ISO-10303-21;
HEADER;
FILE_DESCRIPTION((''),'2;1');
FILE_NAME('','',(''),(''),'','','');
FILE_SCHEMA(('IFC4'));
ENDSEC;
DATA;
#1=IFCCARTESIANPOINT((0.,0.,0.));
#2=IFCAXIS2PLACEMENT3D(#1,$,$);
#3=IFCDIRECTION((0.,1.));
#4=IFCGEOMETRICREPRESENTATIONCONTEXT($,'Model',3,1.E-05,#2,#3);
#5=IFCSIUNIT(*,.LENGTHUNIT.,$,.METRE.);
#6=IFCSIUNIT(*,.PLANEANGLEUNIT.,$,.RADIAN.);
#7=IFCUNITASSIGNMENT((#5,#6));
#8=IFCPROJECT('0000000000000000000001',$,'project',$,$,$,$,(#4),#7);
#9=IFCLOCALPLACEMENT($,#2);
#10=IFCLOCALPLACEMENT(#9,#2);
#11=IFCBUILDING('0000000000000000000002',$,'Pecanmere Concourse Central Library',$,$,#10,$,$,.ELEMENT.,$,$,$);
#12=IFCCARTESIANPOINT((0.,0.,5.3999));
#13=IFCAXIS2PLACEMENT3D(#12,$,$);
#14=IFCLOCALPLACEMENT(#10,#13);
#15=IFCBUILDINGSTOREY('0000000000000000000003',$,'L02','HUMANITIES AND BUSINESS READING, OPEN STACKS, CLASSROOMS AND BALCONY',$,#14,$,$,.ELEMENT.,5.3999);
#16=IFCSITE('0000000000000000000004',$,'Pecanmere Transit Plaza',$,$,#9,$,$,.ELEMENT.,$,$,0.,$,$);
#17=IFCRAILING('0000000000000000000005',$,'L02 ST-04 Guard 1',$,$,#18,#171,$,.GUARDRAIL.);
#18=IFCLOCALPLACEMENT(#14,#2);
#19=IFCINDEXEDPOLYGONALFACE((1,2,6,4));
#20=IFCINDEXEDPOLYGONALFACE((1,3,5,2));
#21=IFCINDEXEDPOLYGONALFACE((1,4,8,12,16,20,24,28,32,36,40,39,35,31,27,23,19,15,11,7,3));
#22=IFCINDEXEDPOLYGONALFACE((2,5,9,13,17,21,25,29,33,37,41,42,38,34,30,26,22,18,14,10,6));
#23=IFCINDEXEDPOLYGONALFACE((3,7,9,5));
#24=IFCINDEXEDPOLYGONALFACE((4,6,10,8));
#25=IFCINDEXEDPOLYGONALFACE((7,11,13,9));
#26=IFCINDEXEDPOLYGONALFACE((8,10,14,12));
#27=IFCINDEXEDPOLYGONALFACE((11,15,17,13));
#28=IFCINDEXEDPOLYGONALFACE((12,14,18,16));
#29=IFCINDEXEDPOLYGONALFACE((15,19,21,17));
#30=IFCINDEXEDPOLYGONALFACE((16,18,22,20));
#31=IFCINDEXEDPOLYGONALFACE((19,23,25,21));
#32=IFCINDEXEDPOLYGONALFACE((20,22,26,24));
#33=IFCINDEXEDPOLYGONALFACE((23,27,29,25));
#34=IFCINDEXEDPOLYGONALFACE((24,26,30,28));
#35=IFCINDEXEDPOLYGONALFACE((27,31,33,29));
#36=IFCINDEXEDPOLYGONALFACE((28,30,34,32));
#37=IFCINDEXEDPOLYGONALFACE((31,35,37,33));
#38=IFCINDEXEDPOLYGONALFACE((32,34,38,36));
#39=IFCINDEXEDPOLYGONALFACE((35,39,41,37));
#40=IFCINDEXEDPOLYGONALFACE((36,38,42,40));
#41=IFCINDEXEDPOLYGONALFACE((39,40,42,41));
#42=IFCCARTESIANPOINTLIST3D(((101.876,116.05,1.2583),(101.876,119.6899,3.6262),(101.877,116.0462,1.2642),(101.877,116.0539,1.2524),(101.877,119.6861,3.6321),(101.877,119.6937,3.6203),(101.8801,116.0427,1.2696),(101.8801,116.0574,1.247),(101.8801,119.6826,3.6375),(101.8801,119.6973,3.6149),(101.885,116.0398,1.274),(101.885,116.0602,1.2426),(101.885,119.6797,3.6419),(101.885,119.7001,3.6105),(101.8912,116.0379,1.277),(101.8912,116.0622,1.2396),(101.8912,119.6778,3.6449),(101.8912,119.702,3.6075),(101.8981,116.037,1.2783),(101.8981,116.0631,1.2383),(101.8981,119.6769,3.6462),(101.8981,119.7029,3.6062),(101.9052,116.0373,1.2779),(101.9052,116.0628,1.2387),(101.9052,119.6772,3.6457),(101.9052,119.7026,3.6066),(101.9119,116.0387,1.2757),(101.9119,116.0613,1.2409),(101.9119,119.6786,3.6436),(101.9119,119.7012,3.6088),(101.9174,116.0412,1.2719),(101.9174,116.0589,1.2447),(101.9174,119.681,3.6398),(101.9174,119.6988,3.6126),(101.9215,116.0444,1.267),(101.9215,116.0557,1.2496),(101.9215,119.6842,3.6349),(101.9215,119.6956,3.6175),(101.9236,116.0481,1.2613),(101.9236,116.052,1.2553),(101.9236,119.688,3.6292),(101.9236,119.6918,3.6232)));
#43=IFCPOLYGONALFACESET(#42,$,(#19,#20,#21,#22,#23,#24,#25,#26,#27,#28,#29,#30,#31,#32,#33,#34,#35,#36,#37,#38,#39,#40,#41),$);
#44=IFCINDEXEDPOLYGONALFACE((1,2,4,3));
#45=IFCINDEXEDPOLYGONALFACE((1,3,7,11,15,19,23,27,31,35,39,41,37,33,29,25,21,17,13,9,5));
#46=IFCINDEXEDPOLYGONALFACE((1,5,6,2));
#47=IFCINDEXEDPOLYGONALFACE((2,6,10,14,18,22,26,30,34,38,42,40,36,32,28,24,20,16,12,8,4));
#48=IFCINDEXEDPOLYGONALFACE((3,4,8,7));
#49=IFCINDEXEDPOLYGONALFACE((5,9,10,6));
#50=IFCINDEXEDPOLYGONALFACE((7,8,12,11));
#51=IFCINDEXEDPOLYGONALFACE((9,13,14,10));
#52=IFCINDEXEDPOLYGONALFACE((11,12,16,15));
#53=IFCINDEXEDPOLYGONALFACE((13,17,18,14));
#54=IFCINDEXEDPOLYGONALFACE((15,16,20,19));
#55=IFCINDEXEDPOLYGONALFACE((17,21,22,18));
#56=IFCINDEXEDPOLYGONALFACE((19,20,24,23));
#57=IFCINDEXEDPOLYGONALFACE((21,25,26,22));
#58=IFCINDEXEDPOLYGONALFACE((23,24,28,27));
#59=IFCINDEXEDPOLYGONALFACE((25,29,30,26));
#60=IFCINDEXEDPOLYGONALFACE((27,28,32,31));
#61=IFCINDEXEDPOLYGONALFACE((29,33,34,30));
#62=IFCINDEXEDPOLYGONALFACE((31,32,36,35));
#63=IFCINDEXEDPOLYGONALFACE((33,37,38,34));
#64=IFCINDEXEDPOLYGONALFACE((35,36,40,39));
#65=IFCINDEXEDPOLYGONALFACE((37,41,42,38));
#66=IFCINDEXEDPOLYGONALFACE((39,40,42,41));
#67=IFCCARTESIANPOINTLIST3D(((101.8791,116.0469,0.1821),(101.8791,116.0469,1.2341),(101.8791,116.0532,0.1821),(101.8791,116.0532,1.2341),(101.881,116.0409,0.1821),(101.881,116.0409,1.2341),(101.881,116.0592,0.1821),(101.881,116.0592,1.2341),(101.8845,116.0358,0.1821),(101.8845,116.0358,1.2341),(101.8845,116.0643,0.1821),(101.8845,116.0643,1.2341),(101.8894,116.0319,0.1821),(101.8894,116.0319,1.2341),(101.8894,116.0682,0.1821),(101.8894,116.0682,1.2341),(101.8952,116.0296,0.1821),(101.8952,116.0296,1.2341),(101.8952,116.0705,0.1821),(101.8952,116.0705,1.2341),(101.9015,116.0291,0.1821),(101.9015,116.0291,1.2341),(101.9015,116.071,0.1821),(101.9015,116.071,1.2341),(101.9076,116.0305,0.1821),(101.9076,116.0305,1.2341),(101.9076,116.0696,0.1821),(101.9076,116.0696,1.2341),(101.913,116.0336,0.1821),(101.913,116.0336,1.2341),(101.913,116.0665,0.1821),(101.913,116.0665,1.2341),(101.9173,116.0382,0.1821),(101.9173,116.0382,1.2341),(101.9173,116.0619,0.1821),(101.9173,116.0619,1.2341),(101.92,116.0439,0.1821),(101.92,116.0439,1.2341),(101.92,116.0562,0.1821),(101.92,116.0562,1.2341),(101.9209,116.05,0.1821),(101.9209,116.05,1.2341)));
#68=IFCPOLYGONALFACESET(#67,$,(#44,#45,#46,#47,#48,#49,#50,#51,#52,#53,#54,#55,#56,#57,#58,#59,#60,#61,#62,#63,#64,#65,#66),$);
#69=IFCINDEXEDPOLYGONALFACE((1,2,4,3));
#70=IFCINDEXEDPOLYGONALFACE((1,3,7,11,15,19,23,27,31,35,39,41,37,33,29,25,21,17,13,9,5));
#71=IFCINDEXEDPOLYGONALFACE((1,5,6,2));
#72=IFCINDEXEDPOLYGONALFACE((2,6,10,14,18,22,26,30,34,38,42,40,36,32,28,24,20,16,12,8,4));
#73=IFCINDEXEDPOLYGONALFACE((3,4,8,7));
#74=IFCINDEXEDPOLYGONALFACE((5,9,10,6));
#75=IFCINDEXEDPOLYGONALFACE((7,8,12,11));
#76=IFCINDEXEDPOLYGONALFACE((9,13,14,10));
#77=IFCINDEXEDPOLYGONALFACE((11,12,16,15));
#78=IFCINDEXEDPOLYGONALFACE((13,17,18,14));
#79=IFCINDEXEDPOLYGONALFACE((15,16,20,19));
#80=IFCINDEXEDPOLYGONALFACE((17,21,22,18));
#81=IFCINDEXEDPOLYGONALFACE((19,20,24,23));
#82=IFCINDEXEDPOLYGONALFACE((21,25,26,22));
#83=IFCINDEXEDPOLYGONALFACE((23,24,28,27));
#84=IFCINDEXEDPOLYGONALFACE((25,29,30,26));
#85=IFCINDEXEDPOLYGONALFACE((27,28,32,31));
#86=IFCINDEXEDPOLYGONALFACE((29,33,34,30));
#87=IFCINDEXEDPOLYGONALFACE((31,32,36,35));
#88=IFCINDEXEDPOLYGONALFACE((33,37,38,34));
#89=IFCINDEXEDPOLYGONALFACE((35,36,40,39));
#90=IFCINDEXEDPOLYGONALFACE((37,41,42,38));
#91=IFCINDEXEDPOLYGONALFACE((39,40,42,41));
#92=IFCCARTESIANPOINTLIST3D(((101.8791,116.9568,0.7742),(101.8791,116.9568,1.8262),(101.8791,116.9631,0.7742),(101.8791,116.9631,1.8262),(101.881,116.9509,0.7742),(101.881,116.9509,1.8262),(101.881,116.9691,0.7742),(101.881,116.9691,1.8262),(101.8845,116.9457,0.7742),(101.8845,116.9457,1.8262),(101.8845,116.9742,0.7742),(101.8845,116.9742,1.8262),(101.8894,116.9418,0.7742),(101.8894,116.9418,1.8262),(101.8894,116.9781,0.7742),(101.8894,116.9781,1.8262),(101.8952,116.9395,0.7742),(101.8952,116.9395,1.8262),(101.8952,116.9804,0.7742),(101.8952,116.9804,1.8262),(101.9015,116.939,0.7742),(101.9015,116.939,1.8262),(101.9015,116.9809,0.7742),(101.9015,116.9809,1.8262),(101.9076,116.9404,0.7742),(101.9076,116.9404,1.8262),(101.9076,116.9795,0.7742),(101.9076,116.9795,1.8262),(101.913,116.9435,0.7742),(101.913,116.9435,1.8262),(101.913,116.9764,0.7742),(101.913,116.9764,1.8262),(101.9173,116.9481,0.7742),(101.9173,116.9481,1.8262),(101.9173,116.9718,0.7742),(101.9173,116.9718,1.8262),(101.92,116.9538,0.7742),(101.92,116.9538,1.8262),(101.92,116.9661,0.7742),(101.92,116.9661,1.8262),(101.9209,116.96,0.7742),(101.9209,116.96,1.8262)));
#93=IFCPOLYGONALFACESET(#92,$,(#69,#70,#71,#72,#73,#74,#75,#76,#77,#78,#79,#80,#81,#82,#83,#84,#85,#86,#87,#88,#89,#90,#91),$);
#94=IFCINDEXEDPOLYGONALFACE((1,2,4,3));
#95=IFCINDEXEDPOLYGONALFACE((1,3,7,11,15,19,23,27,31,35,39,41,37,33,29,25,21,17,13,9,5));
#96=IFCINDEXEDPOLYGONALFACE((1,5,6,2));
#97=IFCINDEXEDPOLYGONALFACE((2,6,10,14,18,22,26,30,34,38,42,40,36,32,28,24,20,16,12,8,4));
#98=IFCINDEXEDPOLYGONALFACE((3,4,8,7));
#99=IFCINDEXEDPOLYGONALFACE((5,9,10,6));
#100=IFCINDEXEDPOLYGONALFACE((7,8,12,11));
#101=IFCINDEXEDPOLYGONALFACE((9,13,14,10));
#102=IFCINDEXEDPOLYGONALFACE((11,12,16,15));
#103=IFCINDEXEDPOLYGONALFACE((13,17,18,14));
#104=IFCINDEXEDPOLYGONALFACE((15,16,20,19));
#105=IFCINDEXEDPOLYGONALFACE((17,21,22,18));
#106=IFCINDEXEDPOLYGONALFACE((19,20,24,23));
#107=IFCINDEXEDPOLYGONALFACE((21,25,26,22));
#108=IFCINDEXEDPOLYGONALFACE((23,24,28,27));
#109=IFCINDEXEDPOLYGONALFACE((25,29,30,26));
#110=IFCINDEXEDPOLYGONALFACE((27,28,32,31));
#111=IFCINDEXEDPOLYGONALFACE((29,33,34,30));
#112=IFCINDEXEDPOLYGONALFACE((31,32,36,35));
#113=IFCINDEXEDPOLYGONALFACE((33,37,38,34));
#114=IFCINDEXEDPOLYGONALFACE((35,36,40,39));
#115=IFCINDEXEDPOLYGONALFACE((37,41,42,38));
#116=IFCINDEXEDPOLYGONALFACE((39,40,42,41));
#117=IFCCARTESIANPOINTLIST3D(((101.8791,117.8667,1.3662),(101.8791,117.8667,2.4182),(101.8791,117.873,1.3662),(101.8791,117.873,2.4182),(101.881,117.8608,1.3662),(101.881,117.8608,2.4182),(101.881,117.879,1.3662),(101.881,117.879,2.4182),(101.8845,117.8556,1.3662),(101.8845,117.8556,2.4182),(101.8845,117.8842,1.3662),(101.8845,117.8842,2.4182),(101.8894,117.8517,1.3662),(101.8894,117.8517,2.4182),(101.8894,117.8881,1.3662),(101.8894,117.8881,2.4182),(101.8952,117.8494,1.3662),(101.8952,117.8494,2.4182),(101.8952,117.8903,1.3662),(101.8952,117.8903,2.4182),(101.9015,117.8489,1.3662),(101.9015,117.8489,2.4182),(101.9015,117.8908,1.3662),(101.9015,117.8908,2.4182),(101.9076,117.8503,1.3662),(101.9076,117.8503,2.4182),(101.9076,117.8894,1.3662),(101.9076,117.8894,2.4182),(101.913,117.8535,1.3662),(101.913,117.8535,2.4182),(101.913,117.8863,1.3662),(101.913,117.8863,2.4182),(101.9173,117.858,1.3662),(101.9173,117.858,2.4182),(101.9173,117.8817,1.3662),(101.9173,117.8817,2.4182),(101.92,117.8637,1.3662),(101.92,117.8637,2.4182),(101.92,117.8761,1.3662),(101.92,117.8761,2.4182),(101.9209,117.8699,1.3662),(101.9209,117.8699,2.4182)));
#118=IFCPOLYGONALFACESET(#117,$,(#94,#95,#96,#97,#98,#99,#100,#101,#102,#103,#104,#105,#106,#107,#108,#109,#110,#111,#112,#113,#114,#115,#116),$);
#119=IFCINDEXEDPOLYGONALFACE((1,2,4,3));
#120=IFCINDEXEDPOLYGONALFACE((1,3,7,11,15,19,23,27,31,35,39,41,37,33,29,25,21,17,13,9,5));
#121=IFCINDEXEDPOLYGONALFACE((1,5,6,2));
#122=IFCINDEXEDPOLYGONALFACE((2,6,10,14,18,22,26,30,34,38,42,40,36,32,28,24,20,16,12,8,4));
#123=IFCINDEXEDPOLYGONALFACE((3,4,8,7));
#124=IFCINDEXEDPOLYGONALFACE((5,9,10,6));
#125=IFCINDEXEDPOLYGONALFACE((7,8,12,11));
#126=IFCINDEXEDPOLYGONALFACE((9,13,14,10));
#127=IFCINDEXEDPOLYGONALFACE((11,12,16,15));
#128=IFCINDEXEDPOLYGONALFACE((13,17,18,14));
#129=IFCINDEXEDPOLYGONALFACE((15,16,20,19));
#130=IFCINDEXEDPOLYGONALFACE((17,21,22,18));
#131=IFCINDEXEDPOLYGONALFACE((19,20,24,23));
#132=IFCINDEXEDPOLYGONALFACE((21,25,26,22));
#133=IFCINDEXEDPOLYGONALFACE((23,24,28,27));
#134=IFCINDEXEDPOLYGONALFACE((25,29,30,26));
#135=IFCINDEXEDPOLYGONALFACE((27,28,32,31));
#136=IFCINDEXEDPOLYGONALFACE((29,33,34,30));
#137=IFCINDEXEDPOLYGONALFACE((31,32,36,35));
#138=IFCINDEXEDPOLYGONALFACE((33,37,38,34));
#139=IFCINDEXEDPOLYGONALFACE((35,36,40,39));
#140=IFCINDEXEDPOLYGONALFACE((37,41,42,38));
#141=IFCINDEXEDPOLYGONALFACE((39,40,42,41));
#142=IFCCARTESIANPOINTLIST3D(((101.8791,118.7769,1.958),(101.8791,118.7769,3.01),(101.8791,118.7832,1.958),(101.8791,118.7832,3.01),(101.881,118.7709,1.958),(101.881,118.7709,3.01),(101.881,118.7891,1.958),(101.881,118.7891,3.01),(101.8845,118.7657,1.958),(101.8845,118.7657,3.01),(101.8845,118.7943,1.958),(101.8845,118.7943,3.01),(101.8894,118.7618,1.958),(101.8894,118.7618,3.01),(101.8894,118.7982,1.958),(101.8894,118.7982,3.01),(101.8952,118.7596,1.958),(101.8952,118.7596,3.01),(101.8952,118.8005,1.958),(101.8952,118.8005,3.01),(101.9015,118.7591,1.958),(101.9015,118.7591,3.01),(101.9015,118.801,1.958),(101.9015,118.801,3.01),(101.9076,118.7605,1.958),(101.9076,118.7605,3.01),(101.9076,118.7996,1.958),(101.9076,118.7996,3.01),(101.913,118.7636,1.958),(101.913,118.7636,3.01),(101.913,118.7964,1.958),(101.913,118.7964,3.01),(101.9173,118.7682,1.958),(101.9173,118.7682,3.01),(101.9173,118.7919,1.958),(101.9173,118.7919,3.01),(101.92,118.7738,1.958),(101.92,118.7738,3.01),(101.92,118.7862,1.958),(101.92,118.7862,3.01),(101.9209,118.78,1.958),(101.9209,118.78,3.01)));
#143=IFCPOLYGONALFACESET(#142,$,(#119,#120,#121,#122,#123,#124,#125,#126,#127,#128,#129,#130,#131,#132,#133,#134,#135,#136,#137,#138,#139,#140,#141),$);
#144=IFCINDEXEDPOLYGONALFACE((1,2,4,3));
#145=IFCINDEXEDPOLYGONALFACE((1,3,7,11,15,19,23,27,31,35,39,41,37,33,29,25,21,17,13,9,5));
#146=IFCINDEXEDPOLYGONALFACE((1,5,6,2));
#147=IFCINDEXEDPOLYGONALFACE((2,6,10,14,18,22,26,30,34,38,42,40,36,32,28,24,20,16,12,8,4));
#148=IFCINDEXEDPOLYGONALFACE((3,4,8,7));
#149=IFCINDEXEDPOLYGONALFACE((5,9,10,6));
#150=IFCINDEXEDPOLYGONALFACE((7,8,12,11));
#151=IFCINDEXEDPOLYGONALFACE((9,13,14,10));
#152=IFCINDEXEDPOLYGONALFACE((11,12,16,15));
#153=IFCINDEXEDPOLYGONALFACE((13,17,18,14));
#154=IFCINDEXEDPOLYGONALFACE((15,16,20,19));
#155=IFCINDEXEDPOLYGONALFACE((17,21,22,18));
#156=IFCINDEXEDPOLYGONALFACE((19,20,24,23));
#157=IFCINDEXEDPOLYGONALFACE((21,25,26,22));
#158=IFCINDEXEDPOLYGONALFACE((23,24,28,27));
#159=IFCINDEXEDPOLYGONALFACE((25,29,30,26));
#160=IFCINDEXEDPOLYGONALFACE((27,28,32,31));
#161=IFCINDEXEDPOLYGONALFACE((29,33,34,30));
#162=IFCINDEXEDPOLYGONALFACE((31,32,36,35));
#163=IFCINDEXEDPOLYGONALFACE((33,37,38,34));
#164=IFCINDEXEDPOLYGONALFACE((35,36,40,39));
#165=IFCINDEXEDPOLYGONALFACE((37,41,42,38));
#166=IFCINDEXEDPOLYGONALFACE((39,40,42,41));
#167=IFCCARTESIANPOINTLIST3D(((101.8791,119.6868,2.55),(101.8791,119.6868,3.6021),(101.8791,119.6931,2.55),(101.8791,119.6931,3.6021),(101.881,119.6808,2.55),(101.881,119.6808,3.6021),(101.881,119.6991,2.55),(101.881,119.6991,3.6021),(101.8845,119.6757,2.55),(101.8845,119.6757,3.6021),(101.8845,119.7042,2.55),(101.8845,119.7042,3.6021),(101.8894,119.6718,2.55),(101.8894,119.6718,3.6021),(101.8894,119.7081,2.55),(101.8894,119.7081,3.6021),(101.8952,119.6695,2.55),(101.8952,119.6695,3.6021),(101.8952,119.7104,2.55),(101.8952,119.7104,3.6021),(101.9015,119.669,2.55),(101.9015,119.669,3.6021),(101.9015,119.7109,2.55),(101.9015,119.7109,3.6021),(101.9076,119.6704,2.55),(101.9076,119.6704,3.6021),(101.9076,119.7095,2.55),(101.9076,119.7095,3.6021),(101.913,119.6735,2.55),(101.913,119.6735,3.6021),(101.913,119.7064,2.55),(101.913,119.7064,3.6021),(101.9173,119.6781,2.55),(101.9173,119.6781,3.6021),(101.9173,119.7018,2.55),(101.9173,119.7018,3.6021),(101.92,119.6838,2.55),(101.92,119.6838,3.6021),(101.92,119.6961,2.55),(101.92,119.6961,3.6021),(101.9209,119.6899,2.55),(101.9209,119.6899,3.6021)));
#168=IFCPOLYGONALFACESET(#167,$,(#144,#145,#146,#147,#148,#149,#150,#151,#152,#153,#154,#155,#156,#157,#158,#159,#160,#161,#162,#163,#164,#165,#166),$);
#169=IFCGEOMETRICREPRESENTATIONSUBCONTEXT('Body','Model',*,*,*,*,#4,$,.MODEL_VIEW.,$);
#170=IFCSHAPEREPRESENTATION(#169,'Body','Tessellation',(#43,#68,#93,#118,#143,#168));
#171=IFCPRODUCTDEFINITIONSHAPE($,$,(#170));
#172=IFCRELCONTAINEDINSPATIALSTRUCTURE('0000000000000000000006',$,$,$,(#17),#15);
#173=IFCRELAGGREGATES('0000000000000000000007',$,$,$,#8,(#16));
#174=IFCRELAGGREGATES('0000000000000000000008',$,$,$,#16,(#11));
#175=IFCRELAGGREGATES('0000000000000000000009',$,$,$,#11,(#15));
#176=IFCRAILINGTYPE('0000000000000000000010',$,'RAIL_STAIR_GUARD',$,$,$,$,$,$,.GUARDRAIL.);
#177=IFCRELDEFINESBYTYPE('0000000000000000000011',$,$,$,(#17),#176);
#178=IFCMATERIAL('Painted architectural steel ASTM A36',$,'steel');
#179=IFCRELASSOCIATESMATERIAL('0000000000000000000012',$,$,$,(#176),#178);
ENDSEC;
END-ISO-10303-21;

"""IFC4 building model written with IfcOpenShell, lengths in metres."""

from ifc_helpers import new_model, si_unit, direction, frame, origin, origin_2d, place, context, subcontext, project, spatial, circle, extrude, material, type_object, element, save


model = new_model("IFC4")

# Units and contexts
model_context = context("Model", 3, precision=1e-05, world=origin(), true_north=direction((0.0, 1.0)))
body_context = subcontext(model_context, "Body", "Model", "MODEL_VIEW")
ifc_project = project(units=[si_unit("LENGTHUNIT", "METRE"), si_unit("PLANEANGLEUNIT", "RADIAN")], contexts=[model_context])

# Site, building, storey
site_placement = place(None, origin())
site = spatial("IfcSite", under=ifc_project, at=site_placement, Name="Pecanmere Transit Plaza", CompositionType="ELEMENT", RefElevation=0.0)
building_placement = place(site_placement, origin())
building = spatial("IfcBuilding", under=site, at=building_placement, Name="Pecanmere Concourse Central Library", CompositionType="ELEMENT")
storey_placement = place(building_placement, frame((0.0, 0.0, 5.3999)))
storey = spatial("IfcBuildingStorey", under=building, at=storey_placement, Name="L02", Description="HUMANITIES AND BUSINESS READING, OPEN STACKS, CLASSROOMS AND BALCONY", CompositionType="ELEMENT", Elevation=5.3999)

# Railing
ifc_material_1 = material(Name="Painted architectural steel ASTM A36", Category="steel")
railing_type_1 = type_object("IfcRailingType", Name="RAIL_STAIR_GUARD", PredefinedType="GUARDRAIL", material=ifc_material_1)
railing_1_placement = place(storey_placement, frame((101.8999, 116.05, 0.1821)))
element("IfcRailing", 1, at=railing_1_placement, inside=storey, type_object=railing_type_1, Name="L02 ST-04 Guard 1", PredefinedType="GUARDRAIL", context=body_context, shape_type="SweptSolid", body=[
    extrude(circle(Radius=0.0239, at=origin_2d()), frame((0.0, 0.0, 1.0762), z_axis=(0.0, 0.838234, 0.54531), x_axis=(-1.0, 0.0, 0.0)), (0.0, 0.0, 1.0), 4.3423),
    extrude(circle(Radius=0.021, at=origin_2d()), origin(), (0.0, 0.0, 1.0), 1.052),
    extrude(circle(Radius=0.021, at=origin_2d()), frame((0.0, 0.9099, 0.592)), (0.0, 0.0, 1.0), 1.052),
    extrude(circle(Radius=0.021, at=origin_2d()), frame((0.0, 1.8198, 1.1841)), (0.0, 0.0, 1.0), 1.052),
    extrude(circle(Radius=0.021, at=origin_2d()), frame((0.0, 2.73, 1.7759)), (0.0, 0.0, 1.0), 1.052),
    extrude(circle(Radius=0.021, at=origin_2d()), frame((0.0, 3.6399, 2.3679)), (0.0, 0.0, 1.0), 1.052),
])

save(model, "model.ifc")
